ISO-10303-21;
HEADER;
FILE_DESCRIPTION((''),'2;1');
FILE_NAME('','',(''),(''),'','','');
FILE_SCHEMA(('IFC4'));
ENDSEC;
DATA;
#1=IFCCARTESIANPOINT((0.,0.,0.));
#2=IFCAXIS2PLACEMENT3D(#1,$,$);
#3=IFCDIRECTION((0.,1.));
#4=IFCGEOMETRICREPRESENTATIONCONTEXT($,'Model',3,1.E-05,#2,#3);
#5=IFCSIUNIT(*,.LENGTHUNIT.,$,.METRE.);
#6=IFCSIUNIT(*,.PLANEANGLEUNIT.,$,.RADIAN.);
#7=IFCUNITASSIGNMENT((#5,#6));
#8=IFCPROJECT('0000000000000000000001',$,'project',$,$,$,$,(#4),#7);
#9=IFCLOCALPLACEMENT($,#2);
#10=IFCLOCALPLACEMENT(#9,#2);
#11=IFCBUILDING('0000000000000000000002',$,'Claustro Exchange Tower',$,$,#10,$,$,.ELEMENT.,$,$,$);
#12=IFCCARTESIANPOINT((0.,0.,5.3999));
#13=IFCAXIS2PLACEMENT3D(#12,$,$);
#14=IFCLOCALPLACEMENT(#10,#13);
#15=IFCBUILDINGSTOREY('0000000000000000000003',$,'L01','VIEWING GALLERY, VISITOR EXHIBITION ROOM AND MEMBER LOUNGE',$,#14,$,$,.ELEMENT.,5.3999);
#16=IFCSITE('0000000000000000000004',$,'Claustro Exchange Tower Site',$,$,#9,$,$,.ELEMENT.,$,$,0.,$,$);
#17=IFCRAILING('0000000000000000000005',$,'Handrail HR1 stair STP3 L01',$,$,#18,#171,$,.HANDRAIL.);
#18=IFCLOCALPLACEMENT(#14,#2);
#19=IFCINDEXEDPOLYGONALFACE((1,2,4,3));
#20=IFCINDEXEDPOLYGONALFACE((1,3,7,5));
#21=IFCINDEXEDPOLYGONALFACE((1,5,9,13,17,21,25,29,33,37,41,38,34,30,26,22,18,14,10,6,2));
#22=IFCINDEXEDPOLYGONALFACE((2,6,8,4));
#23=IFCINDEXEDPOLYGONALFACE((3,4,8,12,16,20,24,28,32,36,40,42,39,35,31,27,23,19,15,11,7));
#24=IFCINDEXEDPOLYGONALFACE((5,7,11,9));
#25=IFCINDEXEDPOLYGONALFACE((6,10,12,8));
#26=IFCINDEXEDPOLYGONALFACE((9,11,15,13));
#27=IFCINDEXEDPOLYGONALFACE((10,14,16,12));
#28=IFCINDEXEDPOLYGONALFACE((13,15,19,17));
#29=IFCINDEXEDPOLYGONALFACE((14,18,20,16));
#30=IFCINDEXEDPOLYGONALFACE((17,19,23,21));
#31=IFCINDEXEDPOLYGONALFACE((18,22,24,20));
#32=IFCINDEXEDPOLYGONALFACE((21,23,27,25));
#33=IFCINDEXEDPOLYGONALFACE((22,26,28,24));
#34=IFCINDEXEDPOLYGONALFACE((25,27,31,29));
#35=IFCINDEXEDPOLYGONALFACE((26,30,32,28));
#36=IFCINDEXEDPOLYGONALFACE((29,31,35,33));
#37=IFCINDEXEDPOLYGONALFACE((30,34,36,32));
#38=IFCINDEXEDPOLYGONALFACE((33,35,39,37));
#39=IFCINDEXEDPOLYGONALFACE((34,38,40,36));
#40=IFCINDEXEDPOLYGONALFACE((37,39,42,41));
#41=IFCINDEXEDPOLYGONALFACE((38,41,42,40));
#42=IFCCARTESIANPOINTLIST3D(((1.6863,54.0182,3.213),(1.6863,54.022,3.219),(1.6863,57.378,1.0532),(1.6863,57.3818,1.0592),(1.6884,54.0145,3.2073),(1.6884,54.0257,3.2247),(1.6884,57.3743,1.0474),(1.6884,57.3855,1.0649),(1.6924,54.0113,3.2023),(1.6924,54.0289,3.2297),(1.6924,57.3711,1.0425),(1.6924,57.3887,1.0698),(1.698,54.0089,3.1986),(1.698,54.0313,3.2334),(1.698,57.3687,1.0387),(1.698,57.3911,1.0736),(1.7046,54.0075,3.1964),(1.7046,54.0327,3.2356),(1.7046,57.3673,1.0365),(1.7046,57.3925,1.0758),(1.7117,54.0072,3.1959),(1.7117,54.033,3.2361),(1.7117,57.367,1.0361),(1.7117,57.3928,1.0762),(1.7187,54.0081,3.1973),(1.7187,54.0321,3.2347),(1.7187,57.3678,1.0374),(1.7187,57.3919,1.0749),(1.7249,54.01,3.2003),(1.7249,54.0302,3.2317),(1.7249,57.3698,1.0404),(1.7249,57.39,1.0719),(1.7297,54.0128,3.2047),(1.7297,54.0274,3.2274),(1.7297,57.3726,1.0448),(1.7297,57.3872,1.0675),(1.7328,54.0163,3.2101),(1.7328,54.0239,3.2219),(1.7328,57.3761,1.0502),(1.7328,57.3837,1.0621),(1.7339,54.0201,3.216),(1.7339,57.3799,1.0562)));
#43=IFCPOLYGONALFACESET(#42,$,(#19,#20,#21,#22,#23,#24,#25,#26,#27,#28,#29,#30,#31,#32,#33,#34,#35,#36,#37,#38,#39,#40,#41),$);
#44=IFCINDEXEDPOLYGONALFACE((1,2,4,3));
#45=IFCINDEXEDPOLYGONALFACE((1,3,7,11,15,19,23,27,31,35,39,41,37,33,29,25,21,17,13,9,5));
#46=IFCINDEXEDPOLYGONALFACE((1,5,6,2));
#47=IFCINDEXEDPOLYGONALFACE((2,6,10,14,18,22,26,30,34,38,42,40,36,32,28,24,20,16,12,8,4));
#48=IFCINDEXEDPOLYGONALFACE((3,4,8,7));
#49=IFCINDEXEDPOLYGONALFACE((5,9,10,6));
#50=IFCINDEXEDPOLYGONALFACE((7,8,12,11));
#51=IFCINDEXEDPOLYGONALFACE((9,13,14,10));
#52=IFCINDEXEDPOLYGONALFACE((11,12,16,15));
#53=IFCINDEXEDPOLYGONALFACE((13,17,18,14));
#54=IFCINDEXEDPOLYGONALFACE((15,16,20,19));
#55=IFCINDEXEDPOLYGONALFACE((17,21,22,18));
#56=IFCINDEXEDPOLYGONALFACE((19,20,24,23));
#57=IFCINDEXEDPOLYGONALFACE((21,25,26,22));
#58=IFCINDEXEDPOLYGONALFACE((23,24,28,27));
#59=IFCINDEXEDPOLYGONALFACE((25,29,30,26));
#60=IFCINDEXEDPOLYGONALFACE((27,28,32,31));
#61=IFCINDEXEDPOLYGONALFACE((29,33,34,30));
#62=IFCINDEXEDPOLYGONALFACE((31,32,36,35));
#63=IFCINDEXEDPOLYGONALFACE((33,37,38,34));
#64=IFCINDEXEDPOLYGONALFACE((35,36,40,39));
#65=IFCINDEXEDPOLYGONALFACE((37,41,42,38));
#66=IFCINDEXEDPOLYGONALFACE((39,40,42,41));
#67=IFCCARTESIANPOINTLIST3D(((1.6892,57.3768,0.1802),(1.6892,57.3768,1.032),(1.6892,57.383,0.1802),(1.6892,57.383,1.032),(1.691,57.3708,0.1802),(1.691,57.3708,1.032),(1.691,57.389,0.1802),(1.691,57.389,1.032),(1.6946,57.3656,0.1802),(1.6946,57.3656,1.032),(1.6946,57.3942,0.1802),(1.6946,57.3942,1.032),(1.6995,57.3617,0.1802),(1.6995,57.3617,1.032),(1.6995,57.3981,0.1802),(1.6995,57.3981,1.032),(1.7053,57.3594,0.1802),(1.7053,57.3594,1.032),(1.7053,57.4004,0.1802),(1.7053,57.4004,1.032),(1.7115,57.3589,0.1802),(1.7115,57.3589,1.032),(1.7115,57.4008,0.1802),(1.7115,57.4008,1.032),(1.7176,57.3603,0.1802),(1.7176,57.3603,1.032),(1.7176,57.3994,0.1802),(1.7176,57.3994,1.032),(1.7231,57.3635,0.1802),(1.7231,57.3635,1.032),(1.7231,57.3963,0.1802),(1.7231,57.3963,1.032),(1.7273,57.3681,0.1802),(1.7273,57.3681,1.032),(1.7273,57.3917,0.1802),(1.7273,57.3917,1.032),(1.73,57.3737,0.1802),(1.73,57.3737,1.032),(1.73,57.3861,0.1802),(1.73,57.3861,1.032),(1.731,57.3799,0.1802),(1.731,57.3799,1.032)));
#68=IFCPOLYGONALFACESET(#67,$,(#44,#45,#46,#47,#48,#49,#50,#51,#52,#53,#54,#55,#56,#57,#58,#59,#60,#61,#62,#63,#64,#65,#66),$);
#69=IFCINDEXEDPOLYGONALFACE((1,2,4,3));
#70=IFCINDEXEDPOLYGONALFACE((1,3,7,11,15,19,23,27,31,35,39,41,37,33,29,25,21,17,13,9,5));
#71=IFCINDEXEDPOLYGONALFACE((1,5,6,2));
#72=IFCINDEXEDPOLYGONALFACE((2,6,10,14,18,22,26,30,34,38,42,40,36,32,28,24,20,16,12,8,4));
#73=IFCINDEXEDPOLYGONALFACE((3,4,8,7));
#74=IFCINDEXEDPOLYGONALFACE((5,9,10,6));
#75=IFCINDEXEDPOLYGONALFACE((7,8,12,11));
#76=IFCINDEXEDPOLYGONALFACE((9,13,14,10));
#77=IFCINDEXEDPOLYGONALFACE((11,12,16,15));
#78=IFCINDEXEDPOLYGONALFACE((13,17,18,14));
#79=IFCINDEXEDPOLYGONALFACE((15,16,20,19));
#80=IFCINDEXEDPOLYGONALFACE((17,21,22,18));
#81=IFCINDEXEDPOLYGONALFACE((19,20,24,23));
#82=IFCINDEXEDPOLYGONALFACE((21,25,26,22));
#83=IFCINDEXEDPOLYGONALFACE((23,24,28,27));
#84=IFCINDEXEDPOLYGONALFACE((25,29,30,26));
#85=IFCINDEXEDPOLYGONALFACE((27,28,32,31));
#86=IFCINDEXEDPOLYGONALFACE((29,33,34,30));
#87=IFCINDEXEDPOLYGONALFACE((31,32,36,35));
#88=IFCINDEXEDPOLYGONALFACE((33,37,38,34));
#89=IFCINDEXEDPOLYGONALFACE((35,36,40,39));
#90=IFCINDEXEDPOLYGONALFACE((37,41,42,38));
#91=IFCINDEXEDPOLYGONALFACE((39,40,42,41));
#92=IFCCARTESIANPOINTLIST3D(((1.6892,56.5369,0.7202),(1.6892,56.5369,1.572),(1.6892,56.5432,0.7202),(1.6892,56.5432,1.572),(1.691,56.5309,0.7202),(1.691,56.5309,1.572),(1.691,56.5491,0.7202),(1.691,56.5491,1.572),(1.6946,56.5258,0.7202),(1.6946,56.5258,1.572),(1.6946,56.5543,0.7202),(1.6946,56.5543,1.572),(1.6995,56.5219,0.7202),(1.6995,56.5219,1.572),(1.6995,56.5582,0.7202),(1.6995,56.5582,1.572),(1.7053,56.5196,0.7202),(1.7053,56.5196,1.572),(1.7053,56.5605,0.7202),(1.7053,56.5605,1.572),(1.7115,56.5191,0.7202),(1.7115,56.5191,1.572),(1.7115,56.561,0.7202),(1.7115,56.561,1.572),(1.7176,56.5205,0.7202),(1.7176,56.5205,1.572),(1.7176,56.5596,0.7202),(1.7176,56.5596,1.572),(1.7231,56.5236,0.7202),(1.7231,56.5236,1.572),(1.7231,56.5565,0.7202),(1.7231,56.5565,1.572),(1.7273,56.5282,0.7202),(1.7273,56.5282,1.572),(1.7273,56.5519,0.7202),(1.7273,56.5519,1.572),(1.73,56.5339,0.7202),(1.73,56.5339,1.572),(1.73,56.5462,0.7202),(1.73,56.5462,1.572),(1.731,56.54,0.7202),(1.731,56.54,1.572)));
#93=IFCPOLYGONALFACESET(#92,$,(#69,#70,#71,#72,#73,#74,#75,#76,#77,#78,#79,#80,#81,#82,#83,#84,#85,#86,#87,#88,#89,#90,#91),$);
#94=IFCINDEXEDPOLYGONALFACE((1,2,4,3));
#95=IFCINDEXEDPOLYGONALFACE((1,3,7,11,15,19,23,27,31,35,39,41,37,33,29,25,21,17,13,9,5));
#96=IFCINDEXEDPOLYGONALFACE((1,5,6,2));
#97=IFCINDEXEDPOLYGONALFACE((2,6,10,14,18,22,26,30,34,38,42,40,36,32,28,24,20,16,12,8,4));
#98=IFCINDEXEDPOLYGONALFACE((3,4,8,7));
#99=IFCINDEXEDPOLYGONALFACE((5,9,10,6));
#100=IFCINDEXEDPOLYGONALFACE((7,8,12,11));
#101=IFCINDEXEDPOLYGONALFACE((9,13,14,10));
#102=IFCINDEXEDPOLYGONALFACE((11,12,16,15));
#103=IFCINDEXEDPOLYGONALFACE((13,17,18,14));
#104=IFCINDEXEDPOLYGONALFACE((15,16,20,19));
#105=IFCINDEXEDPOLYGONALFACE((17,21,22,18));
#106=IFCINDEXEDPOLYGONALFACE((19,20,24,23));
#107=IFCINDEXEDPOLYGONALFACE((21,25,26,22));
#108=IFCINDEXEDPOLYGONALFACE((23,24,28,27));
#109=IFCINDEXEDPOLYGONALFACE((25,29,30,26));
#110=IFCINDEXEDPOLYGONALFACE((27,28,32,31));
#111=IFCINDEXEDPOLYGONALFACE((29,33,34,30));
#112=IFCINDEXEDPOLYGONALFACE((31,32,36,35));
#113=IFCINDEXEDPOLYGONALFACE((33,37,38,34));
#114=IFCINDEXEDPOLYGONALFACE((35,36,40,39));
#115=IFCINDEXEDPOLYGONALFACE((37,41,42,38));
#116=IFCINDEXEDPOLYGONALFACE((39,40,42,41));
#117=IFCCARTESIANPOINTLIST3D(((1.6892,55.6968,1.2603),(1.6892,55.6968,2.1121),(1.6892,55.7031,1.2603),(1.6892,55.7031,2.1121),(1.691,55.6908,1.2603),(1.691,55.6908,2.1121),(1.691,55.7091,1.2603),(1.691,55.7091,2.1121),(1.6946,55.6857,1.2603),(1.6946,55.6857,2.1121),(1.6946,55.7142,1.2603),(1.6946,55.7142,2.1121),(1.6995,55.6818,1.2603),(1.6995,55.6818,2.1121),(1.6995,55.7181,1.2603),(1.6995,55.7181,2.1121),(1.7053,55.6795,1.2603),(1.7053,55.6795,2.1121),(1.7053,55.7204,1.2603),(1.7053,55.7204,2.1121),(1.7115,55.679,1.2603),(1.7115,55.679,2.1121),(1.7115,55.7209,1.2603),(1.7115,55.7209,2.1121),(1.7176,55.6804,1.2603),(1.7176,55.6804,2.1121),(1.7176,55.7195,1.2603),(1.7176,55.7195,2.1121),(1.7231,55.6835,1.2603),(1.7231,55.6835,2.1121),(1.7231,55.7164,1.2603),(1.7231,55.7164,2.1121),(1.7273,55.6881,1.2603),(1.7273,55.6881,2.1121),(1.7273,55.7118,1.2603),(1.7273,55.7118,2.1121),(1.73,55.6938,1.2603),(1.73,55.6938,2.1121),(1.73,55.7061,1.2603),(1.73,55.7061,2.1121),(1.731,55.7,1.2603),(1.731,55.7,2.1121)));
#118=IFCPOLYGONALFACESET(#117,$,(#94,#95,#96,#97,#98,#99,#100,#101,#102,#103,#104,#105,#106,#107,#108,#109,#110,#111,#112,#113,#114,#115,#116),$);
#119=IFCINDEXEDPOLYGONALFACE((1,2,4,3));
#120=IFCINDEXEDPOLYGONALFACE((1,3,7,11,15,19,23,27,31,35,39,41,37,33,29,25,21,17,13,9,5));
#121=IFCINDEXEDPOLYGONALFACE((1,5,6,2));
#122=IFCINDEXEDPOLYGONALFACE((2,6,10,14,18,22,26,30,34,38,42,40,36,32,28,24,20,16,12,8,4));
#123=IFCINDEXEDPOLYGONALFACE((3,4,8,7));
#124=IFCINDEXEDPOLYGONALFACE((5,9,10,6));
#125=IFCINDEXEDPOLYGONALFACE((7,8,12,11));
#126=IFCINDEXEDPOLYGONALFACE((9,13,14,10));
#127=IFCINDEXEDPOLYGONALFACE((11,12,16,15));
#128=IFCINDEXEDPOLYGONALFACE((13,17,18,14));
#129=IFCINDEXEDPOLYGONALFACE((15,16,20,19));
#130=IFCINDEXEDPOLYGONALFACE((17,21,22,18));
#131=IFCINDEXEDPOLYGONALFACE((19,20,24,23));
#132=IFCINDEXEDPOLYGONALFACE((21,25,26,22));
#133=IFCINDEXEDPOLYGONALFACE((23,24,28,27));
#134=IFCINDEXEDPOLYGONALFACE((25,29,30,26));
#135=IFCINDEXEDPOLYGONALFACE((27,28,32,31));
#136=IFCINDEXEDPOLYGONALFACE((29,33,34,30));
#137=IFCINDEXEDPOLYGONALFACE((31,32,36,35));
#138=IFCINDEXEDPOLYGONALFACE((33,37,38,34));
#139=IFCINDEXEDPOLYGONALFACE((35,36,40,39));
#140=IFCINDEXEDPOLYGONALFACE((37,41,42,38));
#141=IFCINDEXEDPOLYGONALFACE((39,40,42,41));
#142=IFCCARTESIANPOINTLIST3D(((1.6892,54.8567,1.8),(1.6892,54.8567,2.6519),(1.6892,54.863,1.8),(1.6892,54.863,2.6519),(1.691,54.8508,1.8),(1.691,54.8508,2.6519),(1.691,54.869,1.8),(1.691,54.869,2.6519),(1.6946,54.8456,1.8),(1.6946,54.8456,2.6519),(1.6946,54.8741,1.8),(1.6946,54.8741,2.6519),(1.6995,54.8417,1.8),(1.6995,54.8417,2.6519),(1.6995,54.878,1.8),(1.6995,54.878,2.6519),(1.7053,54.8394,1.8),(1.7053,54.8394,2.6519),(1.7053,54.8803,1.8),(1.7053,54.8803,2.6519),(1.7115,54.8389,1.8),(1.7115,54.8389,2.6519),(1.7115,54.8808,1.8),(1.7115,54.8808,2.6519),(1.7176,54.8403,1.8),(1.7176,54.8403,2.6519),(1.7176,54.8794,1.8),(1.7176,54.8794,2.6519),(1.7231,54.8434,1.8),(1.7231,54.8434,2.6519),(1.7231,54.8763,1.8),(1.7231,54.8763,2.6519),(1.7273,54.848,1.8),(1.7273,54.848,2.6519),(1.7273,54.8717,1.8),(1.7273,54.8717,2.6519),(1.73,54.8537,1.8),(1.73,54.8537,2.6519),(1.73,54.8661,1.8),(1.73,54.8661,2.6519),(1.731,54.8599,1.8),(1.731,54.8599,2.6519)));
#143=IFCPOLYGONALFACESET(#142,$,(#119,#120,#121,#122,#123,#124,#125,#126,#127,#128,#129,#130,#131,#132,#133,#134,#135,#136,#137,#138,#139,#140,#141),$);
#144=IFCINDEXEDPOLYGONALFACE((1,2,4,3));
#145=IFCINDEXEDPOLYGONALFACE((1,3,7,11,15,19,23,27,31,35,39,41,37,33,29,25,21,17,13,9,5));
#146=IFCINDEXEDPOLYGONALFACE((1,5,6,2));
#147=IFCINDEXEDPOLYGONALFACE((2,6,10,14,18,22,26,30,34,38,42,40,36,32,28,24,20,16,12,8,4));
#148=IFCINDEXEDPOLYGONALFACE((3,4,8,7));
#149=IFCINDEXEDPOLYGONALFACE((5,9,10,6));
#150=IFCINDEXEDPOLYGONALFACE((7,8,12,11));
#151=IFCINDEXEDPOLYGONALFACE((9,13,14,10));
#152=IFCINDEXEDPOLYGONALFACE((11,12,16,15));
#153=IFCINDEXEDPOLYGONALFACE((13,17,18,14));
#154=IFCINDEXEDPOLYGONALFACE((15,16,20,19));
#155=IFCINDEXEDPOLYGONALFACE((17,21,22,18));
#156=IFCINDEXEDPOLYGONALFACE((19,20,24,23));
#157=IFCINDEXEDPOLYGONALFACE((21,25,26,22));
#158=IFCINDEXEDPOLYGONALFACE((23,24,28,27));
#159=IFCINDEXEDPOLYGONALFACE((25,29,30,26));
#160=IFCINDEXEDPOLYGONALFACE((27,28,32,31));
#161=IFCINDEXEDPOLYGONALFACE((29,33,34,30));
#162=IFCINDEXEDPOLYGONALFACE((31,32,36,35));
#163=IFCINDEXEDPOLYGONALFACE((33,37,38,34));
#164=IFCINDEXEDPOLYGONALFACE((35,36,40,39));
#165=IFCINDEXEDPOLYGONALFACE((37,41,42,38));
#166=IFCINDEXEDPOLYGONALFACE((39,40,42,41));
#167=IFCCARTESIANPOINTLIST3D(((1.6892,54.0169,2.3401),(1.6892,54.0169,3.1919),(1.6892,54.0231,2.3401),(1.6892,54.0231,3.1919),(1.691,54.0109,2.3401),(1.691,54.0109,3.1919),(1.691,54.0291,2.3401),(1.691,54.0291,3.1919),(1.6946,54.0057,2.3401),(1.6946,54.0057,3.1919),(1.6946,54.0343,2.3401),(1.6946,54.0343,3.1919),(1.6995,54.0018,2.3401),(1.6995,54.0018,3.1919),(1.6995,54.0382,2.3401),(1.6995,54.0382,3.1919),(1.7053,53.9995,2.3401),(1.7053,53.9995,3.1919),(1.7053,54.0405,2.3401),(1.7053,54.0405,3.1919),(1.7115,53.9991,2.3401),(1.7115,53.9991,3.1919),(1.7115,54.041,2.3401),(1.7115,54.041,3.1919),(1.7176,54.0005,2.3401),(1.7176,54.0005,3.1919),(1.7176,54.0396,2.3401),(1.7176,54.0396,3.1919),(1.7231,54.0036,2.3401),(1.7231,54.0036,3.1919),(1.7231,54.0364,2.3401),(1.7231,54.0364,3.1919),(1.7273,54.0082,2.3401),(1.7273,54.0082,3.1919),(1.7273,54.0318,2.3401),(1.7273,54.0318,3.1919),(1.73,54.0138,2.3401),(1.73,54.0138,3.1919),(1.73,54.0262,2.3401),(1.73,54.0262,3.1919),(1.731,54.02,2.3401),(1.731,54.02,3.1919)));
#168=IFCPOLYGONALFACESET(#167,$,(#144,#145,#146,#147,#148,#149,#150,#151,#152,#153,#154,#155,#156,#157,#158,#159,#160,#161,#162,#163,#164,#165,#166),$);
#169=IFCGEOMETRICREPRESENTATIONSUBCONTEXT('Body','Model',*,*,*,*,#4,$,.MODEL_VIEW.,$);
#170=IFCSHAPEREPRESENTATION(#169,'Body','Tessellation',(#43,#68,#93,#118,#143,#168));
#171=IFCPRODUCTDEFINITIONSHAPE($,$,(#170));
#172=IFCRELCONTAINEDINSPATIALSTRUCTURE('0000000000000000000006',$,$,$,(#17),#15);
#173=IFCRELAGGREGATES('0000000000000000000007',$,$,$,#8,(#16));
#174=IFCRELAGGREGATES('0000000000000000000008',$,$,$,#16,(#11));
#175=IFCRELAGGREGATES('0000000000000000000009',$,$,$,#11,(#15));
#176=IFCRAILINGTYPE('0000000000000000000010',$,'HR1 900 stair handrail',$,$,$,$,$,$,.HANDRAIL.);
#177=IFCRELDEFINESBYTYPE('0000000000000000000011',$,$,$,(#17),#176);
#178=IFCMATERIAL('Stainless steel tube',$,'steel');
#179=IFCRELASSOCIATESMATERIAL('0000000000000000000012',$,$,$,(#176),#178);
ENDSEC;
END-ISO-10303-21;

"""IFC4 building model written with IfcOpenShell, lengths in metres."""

from ifc_helpers import new_model, si_unit, direction, frame, origin, origin_2d, place, context, subcontext, project, spatial, circle, extrude, material, type_object, element, save


model = new_model("IFC4")

# Units and contexts
model_context = context("Model", 3, precision=1e-05, world=origin(), true_north=direction((0.0, 1.0)))
body_context = subcontext(model_context, "Body", "Model", "MODEL_VIEW")
ifc_project = project(units=[si_unit("LENGTHUNIT", "METRE"), si_unit("PLANEANGLEUNIT", "RADIAN")], contexts=[model_context])

# Site, building, storey
site_placement = place(None, origin())
site = spatial("IfcSite", under=ifc_project, at=site_placement, Name="Claustro Exchange Tower Site", CompositionType="ELEMENT", RefElevation=0.0)
building_placement = place(site_placement, origin())
building = spatial("IfcBuilding", under=site, at=building_placement, Name="Claustro Exchange Tower", CompositionType="ELEMENT")
storey_placement = place(building_placement, frame((0.0, 0.0, 5.3999)))
storey = spatial("IfcBuildingStorey", under=building, at=storey_placement, Name="L01", Description="VIEWING GALLERY, VISITOR EXHIBITION ROOM AND MEMBER LOUNGE", CompositionType="ELEMENT", Elevation=5.3999)

# Railing
ifc_material_1 = material(Name="Stainless steel tube", Category="steel")
railing_type_1 = type_object("IfcRailingType", Name="HR1 900 stair handrail", PredefinedType="HANDRAIL", material=ifc_material_1)
railing_1_placement = place(storey_placement, frame((1.71, 57.3799, 0.1802)))
element("IfcRailing", 1, at=railing_1_placement, inside=storey, type_object=railing_type_1, Name="Handrail HR1 stair STP3 L01", PredefinedType="HANDRAIL", context=body_context, shape_type="SweptSolid", body=[
    extrude(circle(Radius=0.0239, at=origin_2d()), frame((0.0, 0.0, 0.876), z_axis=(0.0, -0.841178, 0.540758), x_axis=(1.0, 0.0, 0.0)), (0.0, 0.0, 1.0), 3.9941),
    extrude(circle(Radius=0.021, at=origin_2d()), origin(), (0.0, 0.0, 1.0), 0.8518),
    extrude(circle(Radius=0.021, at=origin_2d()), frame((0.0, -0.8398, 0.54)), (0.0, 0.0, 1.0), 0.8518),
    extrude(circle(Radius=0.021, at=origin_2d()), frame((0.0, -1.6799, 1.0801)), (0.0, 0.0, 1.0), 0.8518),
    extrude(circle(Radius=0.021, at=origin_2d()), frame((0.0, -2.52, 1.6199)), (0.0, 0.0, 1.0), 0.8518),
    extrude(circle(Radius=0.021, at=origin_2d()), frame((0.0, -3.3599, 2.1599)), (0.0, 0.0, 1.0), 0.8518),
])

save(model, "model.ifc")
